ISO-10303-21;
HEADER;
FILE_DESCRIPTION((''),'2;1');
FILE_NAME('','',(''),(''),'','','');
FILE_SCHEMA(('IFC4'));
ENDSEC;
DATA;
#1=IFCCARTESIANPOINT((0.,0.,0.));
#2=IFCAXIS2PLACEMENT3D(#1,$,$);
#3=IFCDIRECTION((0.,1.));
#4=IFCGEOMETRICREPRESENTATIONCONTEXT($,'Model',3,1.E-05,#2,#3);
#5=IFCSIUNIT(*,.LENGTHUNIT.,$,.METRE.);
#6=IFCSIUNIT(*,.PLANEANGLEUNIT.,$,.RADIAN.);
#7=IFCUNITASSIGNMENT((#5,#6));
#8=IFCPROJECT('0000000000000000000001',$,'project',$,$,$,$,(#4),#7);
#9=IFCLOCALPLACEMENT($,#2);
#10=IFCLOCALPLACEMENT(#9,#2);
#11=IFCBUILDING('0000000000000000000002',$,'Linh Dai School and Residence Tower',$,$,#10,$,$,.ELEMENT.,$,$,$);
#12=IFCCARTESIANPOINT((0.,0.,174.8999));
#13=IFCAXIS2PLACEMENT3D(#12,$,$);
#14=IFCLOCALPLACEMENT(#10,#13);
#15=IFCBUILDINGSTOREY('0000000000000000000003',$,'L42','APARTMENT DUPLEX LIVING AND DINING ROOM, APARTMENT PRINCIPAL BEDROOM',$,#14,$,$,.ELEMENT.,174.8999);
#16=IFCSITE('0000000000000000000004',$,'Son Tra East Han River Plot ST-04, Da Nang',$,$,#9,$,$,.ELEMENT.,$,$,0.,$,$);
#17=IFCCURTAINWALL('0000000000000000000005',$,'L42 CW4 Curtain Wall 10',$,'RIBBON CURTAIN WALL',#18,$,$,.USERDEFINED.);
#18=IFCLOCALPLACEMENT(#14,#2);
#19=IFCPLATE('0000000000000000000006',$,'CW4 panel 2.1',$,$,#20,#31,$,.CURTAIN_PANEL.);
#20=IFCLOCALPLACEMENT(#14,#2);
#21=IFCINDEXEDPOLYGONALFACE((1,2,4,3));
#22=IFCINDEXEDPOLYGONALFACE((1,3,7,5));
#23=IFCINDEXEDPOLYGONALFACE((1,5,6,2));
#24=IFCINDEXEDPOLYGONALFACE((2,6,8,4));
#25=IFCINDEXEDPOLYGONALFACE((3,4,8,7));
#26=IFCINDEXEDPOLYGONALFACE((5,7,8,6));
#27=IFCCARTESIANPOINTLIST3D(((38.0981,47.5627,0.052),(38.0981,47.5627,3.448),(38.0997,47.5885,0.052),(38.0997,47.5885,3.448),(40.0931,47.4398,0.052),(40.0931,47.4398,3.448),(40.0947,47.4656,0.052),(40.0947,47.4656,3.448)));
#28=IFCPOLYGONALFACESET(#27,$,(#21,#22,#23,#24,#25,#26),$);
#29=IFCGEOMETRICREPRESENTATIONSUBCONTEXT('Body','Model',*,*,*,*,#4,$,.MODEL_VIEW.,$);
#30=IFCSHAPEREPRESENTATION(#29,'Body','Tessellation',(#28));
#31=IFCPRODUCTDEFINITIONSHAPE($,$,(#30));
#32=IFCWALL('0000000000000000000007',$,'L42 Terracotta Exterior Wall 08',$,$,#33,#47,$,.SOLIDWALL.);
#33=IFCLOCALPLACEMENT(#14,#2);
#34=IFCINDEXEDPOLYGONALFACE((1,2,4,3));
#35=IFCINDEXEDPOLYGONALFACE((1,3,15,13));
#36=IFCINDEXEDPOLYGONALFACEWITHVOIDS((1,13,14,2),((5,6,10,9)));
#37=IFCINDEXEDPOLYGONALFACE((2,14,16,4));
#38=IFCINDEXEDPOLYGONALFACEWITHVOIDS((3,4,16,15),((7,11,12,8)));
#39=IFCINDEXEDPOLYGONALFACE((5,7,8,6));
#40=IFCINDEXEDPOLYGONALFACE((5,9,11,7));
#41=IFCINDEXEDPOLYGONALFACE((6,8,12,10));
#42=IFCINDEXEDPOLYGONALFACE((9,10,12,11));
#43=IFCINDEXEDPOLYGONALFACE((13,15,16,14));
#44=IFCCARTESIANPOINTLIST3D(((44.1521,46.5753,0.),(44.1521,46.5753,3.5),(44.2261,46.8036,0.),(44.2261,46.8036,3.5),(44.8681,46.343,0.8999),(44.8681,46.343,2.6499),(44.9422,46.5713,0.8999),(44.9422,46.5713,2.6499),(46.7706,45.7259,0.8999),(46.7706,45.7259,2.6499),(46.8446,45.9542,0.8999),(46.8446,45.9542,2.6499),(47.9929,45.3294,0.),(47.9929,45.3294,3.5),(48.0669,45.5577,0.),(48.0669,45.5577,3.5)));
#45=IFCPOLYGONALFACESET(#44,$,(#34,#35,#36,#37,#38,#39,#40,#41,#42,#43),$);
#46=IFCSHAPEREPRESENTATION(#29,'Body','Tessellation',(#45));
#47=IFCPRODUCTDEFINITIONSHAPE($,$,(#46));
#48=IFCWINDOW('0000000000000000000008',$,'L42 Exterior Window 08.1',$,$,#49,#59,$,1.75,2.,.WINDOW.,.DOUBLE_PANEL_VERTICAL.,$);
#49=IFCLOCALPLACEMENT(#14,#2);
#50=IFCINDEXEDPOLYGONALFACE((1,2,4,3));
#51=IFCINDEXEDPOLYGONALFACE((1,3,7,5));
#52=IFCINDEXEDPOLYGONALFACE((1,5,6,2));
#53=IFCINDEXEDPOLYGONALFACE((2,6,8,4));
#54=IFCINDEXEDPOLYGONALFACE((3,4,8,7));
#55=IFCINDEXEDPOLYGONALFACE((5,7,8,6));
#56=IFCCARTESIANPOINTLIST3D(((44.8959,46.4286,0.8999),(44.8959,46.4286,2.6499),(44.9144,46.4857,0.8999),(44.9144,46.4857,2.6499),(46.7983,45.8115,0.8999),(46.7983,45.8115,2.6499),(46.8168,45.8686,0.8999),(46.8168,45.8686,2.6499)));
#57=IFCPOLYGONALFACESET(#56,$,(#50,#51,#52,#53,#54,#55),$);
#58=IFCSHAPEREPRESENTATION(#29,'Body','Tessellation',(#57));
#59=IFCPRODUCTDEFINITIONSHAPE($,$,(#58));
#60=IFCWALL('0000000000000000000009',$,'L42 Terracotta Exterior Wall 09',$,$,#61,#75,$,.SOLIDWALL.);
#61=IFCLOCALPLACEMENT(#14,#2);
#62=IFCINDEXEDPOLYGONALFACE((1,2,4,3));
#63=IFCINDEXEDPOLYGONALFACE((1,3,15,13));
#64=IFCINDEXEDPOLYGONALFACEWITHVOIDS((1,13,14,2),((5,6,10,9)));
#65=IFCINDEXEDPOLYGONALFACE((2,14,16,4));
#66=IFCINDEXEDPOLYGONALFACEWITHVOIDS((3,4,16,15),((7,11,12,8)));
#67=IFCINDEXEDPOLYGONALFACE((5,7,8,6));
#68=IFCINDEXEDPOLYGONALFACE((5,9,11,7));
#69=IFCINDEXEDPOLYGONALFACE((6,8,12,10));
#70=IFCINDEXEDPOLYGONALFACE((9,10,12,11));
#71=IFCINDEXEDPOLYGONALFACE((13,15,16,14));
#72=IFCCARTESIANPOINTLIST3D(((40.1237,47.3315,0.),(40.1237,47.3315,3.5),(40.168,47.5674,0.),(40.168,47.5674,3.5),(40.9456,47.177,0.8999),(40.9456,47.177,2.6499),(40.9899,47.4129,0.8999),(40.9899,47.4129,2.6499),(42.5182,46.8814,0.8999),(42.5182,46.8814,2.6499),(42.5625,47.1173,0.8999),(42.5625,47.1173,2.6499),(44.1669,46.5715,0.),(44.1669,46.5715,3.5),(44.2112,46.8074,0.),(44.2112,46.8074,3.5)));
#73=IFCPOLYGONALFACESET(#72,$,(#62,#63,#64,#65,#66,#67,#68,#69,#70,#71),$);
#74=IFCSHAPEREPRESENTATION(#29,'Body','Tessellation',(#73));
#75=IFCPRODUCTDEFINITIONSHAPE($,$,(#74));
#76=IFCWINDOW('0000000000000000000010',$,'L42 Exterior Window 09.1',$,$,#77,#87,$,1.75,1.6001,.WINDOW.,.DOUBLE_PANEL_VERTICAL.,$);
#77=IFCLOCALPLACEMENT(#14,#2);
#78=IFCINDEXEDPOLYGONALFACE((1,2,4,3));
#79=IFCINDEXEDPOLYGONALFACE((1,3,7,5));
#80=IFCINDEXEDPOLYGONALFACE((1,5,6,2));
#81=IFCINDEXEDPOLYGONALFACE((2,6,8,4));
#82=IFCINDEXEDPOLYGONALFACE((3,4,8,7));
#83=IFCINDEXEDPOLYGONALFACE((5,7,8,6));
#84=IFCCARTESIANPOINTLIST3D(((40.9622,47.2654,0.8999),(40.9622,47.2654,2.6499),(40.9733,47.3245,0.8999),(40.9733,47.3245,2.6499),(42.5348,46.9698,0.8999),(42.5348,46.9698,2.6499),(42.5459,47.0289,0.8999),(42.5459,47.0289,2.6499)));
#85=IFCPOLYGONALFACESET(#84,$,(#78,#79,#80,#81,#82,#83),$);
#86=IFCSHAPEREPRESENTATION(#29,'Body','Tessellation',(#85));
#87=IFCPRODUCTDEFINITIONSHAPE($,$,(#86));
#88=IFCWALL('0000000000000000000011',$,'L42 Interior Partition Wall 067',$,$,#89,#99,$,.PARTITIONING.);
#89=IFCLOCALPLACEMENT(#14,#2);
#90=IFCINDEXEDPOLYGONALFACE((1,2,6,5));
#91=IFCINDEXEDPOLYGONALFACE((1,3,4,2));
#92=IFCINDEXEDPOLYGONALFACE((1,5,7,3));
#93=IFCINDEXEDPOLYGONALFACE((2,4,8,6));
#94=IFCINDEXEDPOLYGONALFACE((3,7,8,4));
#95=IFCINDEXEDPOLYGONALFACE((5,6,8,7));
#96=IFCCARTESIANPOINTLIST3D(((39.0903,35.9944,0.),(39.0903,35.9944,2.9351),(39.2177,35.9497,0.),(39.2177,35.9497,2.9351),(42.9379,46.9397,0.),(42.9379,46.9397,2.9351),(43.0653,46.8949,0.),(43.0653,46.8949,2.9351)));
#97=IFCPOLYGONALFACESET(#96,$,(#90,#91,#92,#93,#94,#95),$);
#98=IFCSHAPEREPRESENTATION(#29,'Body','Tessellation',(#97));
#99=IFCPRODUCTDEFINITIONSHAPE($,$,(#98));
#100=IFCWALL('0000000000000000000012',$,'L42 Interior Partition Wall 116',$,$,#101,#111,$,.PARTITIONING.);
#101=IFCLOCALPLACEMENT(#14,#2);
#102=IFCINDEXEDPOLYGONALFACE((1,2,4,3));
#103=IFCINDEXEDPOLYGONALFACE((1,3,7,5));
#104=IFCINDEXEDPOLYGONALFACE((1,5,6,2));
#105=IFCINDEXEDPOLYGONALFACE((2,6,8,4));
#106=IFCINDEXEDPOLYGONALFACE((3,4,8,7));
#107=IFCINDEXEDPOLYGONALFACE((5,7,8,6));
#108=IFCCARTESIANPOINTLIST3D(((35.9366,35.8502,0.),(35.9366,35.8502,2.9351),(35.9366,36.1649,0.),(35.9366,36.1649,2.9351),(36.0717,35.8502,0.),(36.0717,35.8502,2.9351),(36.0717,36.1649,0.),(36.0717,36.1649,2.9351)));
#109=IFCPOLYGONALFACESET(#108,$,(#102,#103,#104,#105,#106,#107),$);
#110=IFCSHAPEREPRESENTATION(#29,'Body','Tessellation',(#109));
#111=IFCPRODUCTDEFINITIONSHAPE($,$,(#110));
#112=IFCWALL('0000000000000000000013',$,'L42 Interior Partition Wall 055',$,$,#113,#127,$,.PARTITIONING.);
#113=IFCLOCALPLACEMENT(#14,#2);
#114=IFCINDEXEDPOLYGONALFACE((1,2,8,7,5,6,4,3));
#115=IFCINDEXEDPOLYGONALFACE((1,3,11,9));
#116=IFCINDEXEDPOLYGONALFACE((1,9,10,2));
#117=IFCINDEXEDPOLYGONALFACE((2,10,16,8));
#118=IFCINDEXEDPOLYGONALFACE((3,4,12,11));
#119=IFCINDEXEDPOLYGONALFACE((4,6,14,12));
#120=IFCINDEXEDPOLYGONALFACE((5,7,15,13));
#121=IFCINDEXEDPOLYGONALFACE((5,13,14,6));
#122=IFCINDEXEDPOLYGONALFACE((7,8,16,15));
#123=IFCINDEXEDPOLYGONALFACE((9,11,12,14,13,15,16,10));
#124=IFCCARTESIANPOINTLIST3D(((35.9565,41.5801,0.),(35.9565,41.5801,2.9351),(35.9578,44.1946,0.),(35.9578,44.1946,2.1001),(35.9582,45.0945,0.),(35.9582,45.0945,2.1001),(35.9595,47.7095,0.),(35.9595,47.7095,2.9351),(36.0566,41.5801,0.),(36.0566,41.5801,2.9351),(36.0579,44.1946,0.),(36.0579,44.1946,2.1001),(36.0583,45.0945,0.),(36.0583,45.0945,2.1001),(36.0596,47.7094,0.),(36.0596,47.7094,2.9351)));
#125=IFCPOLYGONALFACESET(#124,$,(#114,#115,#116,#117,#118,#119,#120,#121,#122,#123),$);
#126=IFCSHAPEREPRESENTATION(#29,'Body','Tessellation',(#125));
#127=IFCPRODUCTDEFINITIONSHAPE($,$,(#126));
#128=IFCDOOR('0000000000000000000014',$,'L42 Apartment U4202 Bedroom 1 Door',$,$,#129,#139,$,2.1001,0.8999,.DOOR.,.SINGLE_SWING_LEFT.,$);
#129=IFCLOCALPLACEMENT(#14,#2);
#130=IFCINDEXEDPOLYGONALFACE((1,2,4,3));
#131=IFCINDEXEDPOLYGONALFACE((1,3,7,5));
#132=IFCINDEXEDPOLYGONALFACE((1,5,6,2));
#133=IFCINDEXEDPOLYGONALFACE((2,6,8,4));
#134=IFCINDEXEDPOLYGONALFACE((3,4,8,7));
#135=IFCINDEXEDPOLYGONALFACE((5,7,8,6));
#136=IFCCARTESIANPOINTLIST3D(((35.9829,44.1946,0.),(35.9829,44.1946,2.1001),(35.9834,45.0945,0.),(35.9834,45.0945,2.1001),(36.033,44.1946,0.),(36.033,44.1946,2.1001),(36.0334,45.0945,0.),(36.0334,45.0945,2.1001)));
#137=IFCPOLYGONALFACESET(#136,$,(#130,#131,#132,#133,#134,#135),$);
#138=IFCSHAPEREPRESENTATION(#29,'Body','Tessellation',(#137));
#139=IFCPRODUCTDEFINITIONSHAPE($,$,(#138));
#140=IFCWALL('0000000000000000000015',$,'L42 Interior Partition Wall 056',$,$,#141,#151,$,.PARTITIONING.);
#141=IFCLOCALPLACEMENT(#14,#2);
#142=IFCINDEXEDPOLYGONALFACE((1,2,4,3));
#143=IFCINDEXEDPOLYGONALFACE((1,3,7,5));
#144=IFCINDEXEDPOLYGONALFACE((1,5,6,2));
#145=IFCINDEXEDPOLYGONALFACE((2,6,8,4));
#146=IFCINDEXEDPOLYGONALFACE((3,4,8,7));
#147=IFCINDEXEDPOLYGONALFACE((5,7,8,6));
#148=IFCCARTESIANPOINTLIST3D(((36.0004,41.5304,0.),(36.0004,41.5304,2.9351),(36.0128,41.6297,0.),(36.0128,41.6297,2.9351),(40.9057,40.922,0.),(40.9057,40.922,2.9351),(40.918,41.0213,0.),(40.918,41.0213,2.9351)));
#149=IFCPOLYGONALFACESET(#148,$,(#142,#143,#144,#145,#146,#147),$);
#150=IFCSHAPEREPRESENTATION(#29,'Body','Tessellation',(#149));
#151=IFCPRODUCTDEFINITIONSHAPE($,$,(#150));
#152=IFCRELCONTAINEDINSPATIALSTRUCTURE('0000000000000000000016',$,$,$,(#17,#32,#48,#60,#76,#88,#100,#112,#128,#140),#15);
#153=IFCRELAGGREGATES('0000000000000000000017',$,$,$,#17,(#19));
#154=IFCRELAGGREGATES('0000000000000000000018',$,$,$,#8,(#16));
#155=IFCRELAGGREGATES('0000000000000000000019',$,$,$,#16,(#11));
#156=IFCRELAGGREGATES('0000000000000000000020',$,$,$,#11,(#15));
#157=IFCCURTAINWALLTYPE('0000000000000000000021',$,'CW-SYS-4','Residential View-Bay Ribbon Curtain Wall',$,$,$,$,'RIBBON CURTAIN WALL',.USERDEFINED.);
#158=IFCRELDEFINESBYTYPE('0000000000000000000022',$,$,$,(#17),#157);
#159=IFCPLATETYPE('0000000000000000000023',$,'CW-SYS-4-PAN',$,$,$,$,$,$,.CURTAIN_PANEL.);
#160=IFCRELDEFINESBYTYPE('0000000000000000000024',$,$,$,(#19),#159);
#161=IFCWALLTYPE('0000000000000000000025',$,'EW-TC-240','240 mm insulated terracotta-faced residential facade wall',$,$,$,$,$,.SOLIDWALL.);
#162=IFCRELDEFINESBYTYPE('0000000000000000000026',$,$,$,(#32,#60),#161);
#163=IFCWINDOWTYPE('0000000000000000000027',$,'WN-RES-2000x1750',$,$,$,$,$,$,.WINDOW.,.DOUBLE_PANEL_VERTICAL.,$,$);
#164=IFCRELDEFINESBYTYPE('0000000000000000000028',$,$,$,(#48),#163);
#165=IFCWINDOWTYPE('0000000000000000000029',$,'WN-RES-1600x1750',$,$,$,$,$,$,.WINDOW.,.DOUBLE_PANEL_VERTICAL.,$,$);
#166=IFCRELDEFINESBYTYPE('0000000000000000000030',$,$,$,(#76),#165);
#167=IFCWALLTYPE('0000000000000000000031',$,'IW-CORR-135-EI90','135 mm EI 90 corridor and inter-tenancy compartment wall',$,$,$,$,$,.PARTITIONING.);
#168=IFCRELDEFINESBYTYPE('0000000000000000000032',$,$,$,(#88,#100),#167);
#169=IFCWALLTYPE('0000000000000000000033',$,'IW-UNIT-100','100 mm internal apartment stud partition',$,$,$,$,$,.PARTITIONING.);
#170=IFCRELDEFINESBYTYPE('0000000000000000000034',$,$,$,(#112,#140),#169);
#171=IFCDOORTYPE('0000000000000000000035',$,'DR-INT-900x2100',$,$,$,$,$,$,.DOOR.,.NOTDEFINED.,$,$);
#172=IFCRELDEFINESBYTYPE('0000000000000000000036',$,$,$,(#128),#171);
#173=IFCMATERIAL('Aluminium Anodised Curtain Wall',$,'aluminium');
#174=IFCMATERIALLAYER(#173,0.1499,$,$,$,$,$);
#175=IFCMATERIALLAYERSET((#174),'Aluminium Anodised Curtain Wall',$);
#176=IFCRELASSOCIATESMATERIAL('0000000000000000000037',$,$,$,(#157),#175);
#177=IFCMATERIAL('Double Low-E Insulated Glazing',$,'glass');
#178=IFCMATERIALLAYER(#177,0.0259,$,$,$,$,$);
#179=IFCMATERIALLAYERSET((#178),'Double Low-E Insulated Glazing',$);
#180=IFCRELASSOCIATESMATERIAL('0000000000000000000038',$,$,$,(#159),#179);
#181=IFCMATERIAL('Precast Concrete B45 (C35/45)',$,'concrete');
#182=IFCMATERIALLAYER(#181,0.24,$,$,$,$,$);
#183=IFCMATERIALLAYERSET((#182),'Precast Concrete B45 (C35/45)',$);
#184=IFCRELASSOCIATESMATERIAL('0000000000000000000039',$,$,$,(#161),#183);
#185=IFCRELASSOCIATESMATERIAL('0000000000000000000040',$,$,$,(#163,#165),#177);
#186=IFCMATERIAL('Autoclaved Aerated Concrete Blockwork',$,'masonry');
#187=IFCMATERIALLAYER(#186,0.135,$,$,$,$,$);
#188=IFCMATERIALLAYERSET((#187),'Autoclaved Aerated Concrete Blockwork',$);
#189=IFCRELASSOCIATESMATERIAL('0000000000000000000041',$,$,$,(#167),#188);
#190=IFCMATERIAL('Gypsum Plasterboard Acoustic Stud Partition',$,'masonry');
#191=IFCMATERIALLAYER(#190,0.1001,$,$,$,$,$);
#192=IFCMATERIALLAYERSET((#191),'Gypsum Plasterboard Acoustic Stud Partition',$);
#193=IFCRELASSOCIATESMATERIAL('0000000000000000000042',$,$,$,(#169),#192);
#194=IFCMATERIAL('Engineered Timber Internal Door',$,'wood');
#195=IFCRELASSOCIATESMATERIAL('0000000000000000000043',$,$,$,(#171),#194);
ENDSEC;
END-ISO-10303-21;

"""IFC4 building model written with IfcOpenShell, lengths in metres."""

from ifc_helpers import new_model, si_unit, direction, frame, frame_2d, origin, origin_2d, place, context, subcontext, project, spatial, rectangle, extrude, source, transform, mapped, material, layer, layer_set, type_object, element, fill, aggregate, save


model = new_model("IFC4")

# Units and contexts
model_context = context("Model", 3, precision=1e-05, world=origin(), true_north=direction((0.0, 1.0)))
body_context = subcontext(model_context, "Body", "Model", "MODEL_VIEW")
ifc_project = project(units=[si_unit("LENGTHUNIT", "METRE"), si_unit("PLANEANGLEUNIT", "RADIAN")], contexts=[model_context])

# Site, building, storey
site_placement = place(None, origin())
site = spatial("IfcSite", under=ifc_project, at=site_placement, Name="Son Tra East Han River Plot ST-04, Da Nang", CompositionType="ELEMENT", RefElevation=0.0)
building_placement = place(site_placement, origin())
building = spatial("IfcBuilding", under=site, at=building_placement, Name="Linh Dai School and Residence Tower", CompositionType="ELEMENT")
storey_placement = place(building_placement, frame((0.0, 0.0, 174.8999)))
storey = spatial("IfcBuildingStorey", under=building, at=storey_placement, Name="L42", Description="APARTMENT DUPLEX LIVING AND DINING ROOM, APARTMENT PRINCIPAL BEDROOM", CompositionType="ELEMENT", Elevation=174.8999)

# Curtain wall
ifc_material_1 = material(Name="Aluminium Anodised Curtain Wall", Category="aluminium")
ifc_layer_1 = layer(ifc_material_1, 0.1499)
ifc_layer_set_1 = layer_set([ifc_layer_1], Name="Aluminium Anodised Curtain Wall")
curtain_wall_type = type_object("IfcCurtainWallType", Name="CW-SYS-4", Description="Residential View-Bay Ribbon Curtain Wall", ElementType="RIBBON CURTAIN WALL", PredefinedType="USERDEFINED", material=ifc_layer_set_1)
curtain_wall_placement = place(storey_placement, origin())
curtain_wall = element("IfcCurtainWall", 1, at=curtain_wall_placement, inside=storey, type_object=curtain_wall_type, Name="L42 CW4 Curtain Wall 10", ObjectType="RIBBON CURTAIN WALL", PredefinedType="USERDEFINED")

# Shared definitions
ifc_material_2 = material(Name="Precast Concrete B45 (C35/45)", Category="concrete")

# Plate
ifc_material_3 = material(Name="Double Low-E Insulated Glazing", Category="glass")
ifc_layer_2 = layer(ifc_material_3, 0.0259)
ifc_layer_set_2 = layer_set([ifc_layer_2], Name="Double Low-E Insulated Glazing")
plate_type_1 = type_object("IfcPlateType", Name="CW-SYS-4-PAN", PredefinedType="CURTAIN_PANEL", material=ifc_layer_set_2)
shared_shape_1 = source(origin(), body_context, "Body", "SweptSolid", [
    extrude(rectangle(XDim=1.9988, YDim=0.0259, at=origin_2d()), origin(), (0.0, 0.0, 1.0), 3.396),
])
plate_1_placement = place(storey_placement, frame((39.0964, 47.5142, 0.052), z_axis=(0.0, 0.0, 1.0), x_axis=(0.998106, -0.061512, 0.0)))
plate_1 = element("IfcPlate", 2, at=plate_1_placement, type_object=plate_type_1, Name="CW4 panel 2.1", PredefinedType="CURTAIN_PANEL", context=body_context, shape_type="MappedRepresentation", body=[
    mapped(shared_shape_1, transform((0.0, 0.0, 0.0), x_axis=(1.0, 0.0, 0.0), y_axis=(0.0, 1.0, 0.0), z_axis=(0.0, 0.0, 1.0), scale=1.0)),
])
aggregate(curtain_wall, [plate_1])

# Walls, openings, windows
ifc_layer_3 = layer(ifc_material_2, 0.24)
ifc_layer_set_3 = layer_set([ifc_layer_3], Name="Precast Concrete B45 (C35/45)")
wall_type_1 = type_object("IfcWallType", Name="EW-TC-240", Description="240 mm insulated terracotta-faced residential facade wall", PredefinedType="SOLIDWALL", material=ifc_layer_set_3)
wall_1_placement = place(storey_placement, frame((44.189, 46.6895, 0.0), z_axis=(0.0, 0.0, 1.0), x_axis=(0.95121, -0.308545, 0.0)))
wall_1 = element("IfcWall", 3, at=wall_1_placement, inside=storey, type_object=wall_type_1, Name="L42 Terracotta Exterior Wall 08", PredefinedType="SOLIDWALL", context=body_context, shape_type="SweptSolid", body=[
    extrude(rectangle(XDim=4.0378, YDim=0.24, at=frame_2d((2.019, 0.0))), origin(), (0.0, 0.0, 1.0), 3.5),
])
opening_1_placement = place(wall_1_placement, frame((0.7529, 0.0, 0.8999)))
opening_1 = element("IfcOpeningElement", 4, at=opening_1_placement, cuts=wall_1, PredefinedType="OPENING", context=body_context, shape_type="SweptSolid", body=[
    extrude(rectangle(XDim=2.0, YDim=1.75, at=origin_2d()), frame((1.0, 0.1299, 0.875), z_axis=(0.0, -1.0, 0.0), x_axis=(1.0, 0.0, 0.0)), (0.0, 0.0, 1.0), 0.26),
])
window_type_1 = type_object("IfcWindowType", Name="WN-RES-2000x1750", PartitioningType="DOUBLE_PANEL_VERTICAL", PredefinedType="WINDOW", material=ifc_material_3)
shared_shape_2 = source(origin(), body_context, "Body", "SweptSolid", [
    extrude(rectangle(XDim=2.0, YDim=1.75, at=origin_2d()), frame((1.0, 0.03, 0.875), z_axis=(0.0, -1.0, 0.0), x_axis=(1.0, 0.0, 0.0)), (0.0, 0.0, 1.0), 0.0601),
])
window_1_placement = place(opening_1_placement, origin())
window_1 = element("IfcWindow", 5, at=window_1_placement, inside=storey, type_object=window_type_1, Name="L42 Exterior Window 08.1", OverallHeight=1.75, OverallWidth=2.0, PartitioningType="DOUBLE_PANEL_VERTICAL", PredefinedType="WINDOW", context=body_context, shape_type="MappedRepresentation", body=[
    mapped(shared_shape_2, transform((0.0, 0.0, 0.0), x_axis=(1.0, 0.0, 0.0), y_axis=(0.0, 1.0, 0.0), z_axis=(0.0, 0.0, 1.0), scale=1.0)),
])
fill(opening_1, window_1)
wall_2_placement = place(storey_placement, frame((40.1458, 47.4495, 0.0), z_axis=(0.0, 0.0, 1.0), x_axis=(0.982788, -0.184736, 0.0)))
wall_2 = element("IfcWall", 6, at=wall_2_placement, inside=storey, type_object=wall_type_1, Name="L42 Terracotta Exterior Wall 09", PredefinedType="SOLIDWALL", context=body_context, shape_type="SweptSolid", body=[
    extrude(rectangle(XDim=4.114, YDim=0.24, at=frame_2d((2.0571, 0.0))), origin(), (0.0, 0.0, 1.0), 3.5),
])
opening_2_placement = place(wall_2_placement, frame((0.8364, 0.0, 0.8999)))
opening_2 = element("IfcOpeningElement", 7, at=opening_2_placement, cuts=wall_2, PredefinedType="OPENING", context=body_context, shape_type="SweptSolid", body=[
    extrude(rectangle(XDim=1.6001, YDim=1.75, at=origin_2d()), frame((0.8, 0.1299, 0.875), z_axis=(0.0, -1.0, 0.0), x_axis=(1.0, 0.0, 0.0)), (0.0, 0.0, 1.0), 0.26),
])
window_type_2 = type_object("IfcWindowType", Name="WN-RES-1600x1750", PartitioningType="DOUBLE_PANEL_VERTICAL", PredefinedType="WINDOW", material=ifc_material_3)
shared_shape_3 = source(origin(), body_context, "Body", "SweptSolid", [
    extrude(rectangle(XDim=1.6001, YDim=1.75, at=origin_2d()), frame((0.8, 0.03, 0.875), z_axis=(0.0, -1.0, 0.0), x_axis=(1.0, 0.0, 0.0)), (0.0, 0.0, 1.0), 0.0601),
])
window_2_placement = place(opening_2_placement, origin())
window_2 = element("IfcWindow", 8, at=window_2_placement, inside=storey, type_object=window_type_2, Name="L42 Exterior Window 09.1", OverallHeight=1.75, OverallWidth=1.6001, PartitioningType="DOUBLE_PANEL_VERTICAL", PredefinedType="WINDOW", context=body_context, shape_type="MappedRepresentation", body=[
    mapped(shared_shape_3, transform((0.0, 0.0, 0.0), x_axis=(1.0, 0.0, 0.0), y_axis=(0.0, 1.0, 0.0), z_axis=(0.0, 0.0, 1.0), scale=1.0)),
])
fill(opening_2, window_2)

# Walls
ifc_material_4 = material(Name="Autoclaved Aerated Concrete Blockwork", Category="masonry")
ifc_layer_4 = layer(ifc_material_4, 0.135)
ifc_layer_set_4 = layer_set([ifc_layer_4], Name="Autoclaved Aerated Concrete Blockwork")
wall_type_2 = type_object("IfcWallType", Name="IW-CORR-135-EI90", Description="135 mm EI 90 corridor and inter-tenancy compartment wall", PredefinedType="PARTITIONING", material=ifc_layer_set_4)
wall_3_placement = place(storey_placement, frame((39.1541, 35.9722, 0.0), z_axis=(0.0, 0.0, 1.0), x_axis=(0.33164, 0.943406, 0.0)))
element("IfcWall", 9, at=wall_3_placement, inside=storey, type_object=wall_type_2, Name="L42 Interior Partition Wall 067", PredefinedType="PARTITIONING", context=body_context, shape_type="SweptSolid", body=[
    extrude(rectangle(XDim=11.6018, YDim=0.135, at=frame_2d((5.8008, 0.0))), origin(), (0.0, 0.0, 1.0), 2.9351),
])
wall_4_placement = place(storey_placement, frame((36.0042, 36.1648, 0.0), z_axis=(0.0, 0.0, 1.0), x_axis=(0.0, -1.0, 0.0)))
element("IfcWall", 10, at=wall_4_placement, inside=storey, type_object=wall_type_2, Name="L42 Interior Partition Wall 116", PredefinedType="PARTITIONING", context=body_context, shape_type="SweptSolid", body=[
    extrude(rectangle(XDim=0.3147, YDim=0.135, at=frame_2d((0.1572, 0.0))), origin(), (0.0, 0.0, 1.0), 2.9351),
])

# Wall, opening, door
ifc_material_5 = material(Name="Gypsum Plasterboard Acoustic Stud Partition", Category="masonry")
ifc_layer_5 = layer(ifc_material_5, 0.1001)
ifc_layer_set_5 = layer_set([ifc_layer_5], Name="Gypsum Plasterboard Acoustic Stud Partition")
wall_type_3 = type_object("IfcWallType", Name="IW-UNIT-100", Description="100 mm internal apartment stud partition", PredefinedType="PARTITIONING", material=ifc_layer_set_5)
wall_5_placement = place(storey_placement, frame((36.0066, 41.5801, 0.0), z_axis=(0.0, 0.0, 1.0), x_axis=(0.000478, 1.0, 0.0)))
wall_5 = element("IfcWall", 11, at=wall_5_placement, inside=storey, type_object=wall_type_3, Name="L42 Interior Partition Wall 055", PredefinedType="PARTITIONING", context=body_context, shape_type="SweptSolid", body=[
    extrude(rectangle(XDim=6.1294, YDim=0.1001, at=frame_2d((3.0647, 0.0))), origin(), (0.0, 0.0, 1.0), 2.9351),
])
opening_3_placement = place(wall_5_placement, frame((2.6145, 0.0, 0.0)))
opening_3 = element("IfcOpeningElement", 12, at=opening_3_placement, cuts=wall_5, PredefinedType="OPENING", context=body_context, shape_type="SweptSolid", body=[
    extrude(rectangle(XDim=0.8999, YDim=2.1001, at=origin_2d()), frame((0.45, 0.0601, 1.05), z_axis=(0.0, -1.0, 0.0), x_axis=(1.0, 0.0, 0.0)), (0.0, 0.0, 1.0), 0.1201),
])
ifc_material_6 = material(Name="Engineered Timber Internal Door", Category="wood")
door_type_1 = type_object("IfcDoorType", Name="DR-INT-900x2100", OperationType="NOTDEFINED", PredefinedType="DOOR", material=ifc_material_6)
shared_shape_4 = source(origin(), body_context, "Body", "SweptSolid", [
    extrude(rectangle(XDim=0.8999, YDim=2.1001, at=origin_2d()), frame((0.45, 0.0249, 1.05), z_axis=(0.0, -1.0, 0.0), x_axis=(1.0, 0.0, 0.0)), (0.0, 0.0, 1.0), 0.05),
])
door_1_placement = place(opening_3_placement, origin())
door_1 = element("IfcDoor", 13, at=door_1_placement, inside=storey, type_object=door_type_1, Name="L42 Apartment U4202 Bedroom 1 Door", OperationType="SINGLE_SWING_LEFT", OverallHeight=2.1001, OverallWidth=0.8999, PredefinedType="DOOR", context=body_context, shape_type="MappedRepresentation", body=[
    mapped(shared_shape_4, transform((0.0, 0.0, 0.0), x_axis=(1.0, 0.0, 0.0), y_axis=(0.0, 1.0, 0.0), z_axis=(0.0, 0.0, 1.0), scale=1.0)),
])
fill(opening_3, door_1)

# Wall
wall_6_placement = place(storey_placement, frame((36.0066, 41.5801, 0.0), z_axis=(0.0, 0.0, 1.0), x_axis=(0.992396, -0.123086, 0.0)))
element("IfcWall", 14, at=wall_6_placement, inside=storey, type_object=wall_type_3, Name="L42 Interior Partition Wall 056", PredefinedType="PARTITIONING", context=body_context, shape_type="SweptSolid", body=[
    extrude(rectangle(XDim=4.9429, YDim=0.1001, at=frame_2d((2.4714, 0.0))), origin(), (0.0, 0.0, 1.0), 2.9351),
])

save(model, "model.ifc")
